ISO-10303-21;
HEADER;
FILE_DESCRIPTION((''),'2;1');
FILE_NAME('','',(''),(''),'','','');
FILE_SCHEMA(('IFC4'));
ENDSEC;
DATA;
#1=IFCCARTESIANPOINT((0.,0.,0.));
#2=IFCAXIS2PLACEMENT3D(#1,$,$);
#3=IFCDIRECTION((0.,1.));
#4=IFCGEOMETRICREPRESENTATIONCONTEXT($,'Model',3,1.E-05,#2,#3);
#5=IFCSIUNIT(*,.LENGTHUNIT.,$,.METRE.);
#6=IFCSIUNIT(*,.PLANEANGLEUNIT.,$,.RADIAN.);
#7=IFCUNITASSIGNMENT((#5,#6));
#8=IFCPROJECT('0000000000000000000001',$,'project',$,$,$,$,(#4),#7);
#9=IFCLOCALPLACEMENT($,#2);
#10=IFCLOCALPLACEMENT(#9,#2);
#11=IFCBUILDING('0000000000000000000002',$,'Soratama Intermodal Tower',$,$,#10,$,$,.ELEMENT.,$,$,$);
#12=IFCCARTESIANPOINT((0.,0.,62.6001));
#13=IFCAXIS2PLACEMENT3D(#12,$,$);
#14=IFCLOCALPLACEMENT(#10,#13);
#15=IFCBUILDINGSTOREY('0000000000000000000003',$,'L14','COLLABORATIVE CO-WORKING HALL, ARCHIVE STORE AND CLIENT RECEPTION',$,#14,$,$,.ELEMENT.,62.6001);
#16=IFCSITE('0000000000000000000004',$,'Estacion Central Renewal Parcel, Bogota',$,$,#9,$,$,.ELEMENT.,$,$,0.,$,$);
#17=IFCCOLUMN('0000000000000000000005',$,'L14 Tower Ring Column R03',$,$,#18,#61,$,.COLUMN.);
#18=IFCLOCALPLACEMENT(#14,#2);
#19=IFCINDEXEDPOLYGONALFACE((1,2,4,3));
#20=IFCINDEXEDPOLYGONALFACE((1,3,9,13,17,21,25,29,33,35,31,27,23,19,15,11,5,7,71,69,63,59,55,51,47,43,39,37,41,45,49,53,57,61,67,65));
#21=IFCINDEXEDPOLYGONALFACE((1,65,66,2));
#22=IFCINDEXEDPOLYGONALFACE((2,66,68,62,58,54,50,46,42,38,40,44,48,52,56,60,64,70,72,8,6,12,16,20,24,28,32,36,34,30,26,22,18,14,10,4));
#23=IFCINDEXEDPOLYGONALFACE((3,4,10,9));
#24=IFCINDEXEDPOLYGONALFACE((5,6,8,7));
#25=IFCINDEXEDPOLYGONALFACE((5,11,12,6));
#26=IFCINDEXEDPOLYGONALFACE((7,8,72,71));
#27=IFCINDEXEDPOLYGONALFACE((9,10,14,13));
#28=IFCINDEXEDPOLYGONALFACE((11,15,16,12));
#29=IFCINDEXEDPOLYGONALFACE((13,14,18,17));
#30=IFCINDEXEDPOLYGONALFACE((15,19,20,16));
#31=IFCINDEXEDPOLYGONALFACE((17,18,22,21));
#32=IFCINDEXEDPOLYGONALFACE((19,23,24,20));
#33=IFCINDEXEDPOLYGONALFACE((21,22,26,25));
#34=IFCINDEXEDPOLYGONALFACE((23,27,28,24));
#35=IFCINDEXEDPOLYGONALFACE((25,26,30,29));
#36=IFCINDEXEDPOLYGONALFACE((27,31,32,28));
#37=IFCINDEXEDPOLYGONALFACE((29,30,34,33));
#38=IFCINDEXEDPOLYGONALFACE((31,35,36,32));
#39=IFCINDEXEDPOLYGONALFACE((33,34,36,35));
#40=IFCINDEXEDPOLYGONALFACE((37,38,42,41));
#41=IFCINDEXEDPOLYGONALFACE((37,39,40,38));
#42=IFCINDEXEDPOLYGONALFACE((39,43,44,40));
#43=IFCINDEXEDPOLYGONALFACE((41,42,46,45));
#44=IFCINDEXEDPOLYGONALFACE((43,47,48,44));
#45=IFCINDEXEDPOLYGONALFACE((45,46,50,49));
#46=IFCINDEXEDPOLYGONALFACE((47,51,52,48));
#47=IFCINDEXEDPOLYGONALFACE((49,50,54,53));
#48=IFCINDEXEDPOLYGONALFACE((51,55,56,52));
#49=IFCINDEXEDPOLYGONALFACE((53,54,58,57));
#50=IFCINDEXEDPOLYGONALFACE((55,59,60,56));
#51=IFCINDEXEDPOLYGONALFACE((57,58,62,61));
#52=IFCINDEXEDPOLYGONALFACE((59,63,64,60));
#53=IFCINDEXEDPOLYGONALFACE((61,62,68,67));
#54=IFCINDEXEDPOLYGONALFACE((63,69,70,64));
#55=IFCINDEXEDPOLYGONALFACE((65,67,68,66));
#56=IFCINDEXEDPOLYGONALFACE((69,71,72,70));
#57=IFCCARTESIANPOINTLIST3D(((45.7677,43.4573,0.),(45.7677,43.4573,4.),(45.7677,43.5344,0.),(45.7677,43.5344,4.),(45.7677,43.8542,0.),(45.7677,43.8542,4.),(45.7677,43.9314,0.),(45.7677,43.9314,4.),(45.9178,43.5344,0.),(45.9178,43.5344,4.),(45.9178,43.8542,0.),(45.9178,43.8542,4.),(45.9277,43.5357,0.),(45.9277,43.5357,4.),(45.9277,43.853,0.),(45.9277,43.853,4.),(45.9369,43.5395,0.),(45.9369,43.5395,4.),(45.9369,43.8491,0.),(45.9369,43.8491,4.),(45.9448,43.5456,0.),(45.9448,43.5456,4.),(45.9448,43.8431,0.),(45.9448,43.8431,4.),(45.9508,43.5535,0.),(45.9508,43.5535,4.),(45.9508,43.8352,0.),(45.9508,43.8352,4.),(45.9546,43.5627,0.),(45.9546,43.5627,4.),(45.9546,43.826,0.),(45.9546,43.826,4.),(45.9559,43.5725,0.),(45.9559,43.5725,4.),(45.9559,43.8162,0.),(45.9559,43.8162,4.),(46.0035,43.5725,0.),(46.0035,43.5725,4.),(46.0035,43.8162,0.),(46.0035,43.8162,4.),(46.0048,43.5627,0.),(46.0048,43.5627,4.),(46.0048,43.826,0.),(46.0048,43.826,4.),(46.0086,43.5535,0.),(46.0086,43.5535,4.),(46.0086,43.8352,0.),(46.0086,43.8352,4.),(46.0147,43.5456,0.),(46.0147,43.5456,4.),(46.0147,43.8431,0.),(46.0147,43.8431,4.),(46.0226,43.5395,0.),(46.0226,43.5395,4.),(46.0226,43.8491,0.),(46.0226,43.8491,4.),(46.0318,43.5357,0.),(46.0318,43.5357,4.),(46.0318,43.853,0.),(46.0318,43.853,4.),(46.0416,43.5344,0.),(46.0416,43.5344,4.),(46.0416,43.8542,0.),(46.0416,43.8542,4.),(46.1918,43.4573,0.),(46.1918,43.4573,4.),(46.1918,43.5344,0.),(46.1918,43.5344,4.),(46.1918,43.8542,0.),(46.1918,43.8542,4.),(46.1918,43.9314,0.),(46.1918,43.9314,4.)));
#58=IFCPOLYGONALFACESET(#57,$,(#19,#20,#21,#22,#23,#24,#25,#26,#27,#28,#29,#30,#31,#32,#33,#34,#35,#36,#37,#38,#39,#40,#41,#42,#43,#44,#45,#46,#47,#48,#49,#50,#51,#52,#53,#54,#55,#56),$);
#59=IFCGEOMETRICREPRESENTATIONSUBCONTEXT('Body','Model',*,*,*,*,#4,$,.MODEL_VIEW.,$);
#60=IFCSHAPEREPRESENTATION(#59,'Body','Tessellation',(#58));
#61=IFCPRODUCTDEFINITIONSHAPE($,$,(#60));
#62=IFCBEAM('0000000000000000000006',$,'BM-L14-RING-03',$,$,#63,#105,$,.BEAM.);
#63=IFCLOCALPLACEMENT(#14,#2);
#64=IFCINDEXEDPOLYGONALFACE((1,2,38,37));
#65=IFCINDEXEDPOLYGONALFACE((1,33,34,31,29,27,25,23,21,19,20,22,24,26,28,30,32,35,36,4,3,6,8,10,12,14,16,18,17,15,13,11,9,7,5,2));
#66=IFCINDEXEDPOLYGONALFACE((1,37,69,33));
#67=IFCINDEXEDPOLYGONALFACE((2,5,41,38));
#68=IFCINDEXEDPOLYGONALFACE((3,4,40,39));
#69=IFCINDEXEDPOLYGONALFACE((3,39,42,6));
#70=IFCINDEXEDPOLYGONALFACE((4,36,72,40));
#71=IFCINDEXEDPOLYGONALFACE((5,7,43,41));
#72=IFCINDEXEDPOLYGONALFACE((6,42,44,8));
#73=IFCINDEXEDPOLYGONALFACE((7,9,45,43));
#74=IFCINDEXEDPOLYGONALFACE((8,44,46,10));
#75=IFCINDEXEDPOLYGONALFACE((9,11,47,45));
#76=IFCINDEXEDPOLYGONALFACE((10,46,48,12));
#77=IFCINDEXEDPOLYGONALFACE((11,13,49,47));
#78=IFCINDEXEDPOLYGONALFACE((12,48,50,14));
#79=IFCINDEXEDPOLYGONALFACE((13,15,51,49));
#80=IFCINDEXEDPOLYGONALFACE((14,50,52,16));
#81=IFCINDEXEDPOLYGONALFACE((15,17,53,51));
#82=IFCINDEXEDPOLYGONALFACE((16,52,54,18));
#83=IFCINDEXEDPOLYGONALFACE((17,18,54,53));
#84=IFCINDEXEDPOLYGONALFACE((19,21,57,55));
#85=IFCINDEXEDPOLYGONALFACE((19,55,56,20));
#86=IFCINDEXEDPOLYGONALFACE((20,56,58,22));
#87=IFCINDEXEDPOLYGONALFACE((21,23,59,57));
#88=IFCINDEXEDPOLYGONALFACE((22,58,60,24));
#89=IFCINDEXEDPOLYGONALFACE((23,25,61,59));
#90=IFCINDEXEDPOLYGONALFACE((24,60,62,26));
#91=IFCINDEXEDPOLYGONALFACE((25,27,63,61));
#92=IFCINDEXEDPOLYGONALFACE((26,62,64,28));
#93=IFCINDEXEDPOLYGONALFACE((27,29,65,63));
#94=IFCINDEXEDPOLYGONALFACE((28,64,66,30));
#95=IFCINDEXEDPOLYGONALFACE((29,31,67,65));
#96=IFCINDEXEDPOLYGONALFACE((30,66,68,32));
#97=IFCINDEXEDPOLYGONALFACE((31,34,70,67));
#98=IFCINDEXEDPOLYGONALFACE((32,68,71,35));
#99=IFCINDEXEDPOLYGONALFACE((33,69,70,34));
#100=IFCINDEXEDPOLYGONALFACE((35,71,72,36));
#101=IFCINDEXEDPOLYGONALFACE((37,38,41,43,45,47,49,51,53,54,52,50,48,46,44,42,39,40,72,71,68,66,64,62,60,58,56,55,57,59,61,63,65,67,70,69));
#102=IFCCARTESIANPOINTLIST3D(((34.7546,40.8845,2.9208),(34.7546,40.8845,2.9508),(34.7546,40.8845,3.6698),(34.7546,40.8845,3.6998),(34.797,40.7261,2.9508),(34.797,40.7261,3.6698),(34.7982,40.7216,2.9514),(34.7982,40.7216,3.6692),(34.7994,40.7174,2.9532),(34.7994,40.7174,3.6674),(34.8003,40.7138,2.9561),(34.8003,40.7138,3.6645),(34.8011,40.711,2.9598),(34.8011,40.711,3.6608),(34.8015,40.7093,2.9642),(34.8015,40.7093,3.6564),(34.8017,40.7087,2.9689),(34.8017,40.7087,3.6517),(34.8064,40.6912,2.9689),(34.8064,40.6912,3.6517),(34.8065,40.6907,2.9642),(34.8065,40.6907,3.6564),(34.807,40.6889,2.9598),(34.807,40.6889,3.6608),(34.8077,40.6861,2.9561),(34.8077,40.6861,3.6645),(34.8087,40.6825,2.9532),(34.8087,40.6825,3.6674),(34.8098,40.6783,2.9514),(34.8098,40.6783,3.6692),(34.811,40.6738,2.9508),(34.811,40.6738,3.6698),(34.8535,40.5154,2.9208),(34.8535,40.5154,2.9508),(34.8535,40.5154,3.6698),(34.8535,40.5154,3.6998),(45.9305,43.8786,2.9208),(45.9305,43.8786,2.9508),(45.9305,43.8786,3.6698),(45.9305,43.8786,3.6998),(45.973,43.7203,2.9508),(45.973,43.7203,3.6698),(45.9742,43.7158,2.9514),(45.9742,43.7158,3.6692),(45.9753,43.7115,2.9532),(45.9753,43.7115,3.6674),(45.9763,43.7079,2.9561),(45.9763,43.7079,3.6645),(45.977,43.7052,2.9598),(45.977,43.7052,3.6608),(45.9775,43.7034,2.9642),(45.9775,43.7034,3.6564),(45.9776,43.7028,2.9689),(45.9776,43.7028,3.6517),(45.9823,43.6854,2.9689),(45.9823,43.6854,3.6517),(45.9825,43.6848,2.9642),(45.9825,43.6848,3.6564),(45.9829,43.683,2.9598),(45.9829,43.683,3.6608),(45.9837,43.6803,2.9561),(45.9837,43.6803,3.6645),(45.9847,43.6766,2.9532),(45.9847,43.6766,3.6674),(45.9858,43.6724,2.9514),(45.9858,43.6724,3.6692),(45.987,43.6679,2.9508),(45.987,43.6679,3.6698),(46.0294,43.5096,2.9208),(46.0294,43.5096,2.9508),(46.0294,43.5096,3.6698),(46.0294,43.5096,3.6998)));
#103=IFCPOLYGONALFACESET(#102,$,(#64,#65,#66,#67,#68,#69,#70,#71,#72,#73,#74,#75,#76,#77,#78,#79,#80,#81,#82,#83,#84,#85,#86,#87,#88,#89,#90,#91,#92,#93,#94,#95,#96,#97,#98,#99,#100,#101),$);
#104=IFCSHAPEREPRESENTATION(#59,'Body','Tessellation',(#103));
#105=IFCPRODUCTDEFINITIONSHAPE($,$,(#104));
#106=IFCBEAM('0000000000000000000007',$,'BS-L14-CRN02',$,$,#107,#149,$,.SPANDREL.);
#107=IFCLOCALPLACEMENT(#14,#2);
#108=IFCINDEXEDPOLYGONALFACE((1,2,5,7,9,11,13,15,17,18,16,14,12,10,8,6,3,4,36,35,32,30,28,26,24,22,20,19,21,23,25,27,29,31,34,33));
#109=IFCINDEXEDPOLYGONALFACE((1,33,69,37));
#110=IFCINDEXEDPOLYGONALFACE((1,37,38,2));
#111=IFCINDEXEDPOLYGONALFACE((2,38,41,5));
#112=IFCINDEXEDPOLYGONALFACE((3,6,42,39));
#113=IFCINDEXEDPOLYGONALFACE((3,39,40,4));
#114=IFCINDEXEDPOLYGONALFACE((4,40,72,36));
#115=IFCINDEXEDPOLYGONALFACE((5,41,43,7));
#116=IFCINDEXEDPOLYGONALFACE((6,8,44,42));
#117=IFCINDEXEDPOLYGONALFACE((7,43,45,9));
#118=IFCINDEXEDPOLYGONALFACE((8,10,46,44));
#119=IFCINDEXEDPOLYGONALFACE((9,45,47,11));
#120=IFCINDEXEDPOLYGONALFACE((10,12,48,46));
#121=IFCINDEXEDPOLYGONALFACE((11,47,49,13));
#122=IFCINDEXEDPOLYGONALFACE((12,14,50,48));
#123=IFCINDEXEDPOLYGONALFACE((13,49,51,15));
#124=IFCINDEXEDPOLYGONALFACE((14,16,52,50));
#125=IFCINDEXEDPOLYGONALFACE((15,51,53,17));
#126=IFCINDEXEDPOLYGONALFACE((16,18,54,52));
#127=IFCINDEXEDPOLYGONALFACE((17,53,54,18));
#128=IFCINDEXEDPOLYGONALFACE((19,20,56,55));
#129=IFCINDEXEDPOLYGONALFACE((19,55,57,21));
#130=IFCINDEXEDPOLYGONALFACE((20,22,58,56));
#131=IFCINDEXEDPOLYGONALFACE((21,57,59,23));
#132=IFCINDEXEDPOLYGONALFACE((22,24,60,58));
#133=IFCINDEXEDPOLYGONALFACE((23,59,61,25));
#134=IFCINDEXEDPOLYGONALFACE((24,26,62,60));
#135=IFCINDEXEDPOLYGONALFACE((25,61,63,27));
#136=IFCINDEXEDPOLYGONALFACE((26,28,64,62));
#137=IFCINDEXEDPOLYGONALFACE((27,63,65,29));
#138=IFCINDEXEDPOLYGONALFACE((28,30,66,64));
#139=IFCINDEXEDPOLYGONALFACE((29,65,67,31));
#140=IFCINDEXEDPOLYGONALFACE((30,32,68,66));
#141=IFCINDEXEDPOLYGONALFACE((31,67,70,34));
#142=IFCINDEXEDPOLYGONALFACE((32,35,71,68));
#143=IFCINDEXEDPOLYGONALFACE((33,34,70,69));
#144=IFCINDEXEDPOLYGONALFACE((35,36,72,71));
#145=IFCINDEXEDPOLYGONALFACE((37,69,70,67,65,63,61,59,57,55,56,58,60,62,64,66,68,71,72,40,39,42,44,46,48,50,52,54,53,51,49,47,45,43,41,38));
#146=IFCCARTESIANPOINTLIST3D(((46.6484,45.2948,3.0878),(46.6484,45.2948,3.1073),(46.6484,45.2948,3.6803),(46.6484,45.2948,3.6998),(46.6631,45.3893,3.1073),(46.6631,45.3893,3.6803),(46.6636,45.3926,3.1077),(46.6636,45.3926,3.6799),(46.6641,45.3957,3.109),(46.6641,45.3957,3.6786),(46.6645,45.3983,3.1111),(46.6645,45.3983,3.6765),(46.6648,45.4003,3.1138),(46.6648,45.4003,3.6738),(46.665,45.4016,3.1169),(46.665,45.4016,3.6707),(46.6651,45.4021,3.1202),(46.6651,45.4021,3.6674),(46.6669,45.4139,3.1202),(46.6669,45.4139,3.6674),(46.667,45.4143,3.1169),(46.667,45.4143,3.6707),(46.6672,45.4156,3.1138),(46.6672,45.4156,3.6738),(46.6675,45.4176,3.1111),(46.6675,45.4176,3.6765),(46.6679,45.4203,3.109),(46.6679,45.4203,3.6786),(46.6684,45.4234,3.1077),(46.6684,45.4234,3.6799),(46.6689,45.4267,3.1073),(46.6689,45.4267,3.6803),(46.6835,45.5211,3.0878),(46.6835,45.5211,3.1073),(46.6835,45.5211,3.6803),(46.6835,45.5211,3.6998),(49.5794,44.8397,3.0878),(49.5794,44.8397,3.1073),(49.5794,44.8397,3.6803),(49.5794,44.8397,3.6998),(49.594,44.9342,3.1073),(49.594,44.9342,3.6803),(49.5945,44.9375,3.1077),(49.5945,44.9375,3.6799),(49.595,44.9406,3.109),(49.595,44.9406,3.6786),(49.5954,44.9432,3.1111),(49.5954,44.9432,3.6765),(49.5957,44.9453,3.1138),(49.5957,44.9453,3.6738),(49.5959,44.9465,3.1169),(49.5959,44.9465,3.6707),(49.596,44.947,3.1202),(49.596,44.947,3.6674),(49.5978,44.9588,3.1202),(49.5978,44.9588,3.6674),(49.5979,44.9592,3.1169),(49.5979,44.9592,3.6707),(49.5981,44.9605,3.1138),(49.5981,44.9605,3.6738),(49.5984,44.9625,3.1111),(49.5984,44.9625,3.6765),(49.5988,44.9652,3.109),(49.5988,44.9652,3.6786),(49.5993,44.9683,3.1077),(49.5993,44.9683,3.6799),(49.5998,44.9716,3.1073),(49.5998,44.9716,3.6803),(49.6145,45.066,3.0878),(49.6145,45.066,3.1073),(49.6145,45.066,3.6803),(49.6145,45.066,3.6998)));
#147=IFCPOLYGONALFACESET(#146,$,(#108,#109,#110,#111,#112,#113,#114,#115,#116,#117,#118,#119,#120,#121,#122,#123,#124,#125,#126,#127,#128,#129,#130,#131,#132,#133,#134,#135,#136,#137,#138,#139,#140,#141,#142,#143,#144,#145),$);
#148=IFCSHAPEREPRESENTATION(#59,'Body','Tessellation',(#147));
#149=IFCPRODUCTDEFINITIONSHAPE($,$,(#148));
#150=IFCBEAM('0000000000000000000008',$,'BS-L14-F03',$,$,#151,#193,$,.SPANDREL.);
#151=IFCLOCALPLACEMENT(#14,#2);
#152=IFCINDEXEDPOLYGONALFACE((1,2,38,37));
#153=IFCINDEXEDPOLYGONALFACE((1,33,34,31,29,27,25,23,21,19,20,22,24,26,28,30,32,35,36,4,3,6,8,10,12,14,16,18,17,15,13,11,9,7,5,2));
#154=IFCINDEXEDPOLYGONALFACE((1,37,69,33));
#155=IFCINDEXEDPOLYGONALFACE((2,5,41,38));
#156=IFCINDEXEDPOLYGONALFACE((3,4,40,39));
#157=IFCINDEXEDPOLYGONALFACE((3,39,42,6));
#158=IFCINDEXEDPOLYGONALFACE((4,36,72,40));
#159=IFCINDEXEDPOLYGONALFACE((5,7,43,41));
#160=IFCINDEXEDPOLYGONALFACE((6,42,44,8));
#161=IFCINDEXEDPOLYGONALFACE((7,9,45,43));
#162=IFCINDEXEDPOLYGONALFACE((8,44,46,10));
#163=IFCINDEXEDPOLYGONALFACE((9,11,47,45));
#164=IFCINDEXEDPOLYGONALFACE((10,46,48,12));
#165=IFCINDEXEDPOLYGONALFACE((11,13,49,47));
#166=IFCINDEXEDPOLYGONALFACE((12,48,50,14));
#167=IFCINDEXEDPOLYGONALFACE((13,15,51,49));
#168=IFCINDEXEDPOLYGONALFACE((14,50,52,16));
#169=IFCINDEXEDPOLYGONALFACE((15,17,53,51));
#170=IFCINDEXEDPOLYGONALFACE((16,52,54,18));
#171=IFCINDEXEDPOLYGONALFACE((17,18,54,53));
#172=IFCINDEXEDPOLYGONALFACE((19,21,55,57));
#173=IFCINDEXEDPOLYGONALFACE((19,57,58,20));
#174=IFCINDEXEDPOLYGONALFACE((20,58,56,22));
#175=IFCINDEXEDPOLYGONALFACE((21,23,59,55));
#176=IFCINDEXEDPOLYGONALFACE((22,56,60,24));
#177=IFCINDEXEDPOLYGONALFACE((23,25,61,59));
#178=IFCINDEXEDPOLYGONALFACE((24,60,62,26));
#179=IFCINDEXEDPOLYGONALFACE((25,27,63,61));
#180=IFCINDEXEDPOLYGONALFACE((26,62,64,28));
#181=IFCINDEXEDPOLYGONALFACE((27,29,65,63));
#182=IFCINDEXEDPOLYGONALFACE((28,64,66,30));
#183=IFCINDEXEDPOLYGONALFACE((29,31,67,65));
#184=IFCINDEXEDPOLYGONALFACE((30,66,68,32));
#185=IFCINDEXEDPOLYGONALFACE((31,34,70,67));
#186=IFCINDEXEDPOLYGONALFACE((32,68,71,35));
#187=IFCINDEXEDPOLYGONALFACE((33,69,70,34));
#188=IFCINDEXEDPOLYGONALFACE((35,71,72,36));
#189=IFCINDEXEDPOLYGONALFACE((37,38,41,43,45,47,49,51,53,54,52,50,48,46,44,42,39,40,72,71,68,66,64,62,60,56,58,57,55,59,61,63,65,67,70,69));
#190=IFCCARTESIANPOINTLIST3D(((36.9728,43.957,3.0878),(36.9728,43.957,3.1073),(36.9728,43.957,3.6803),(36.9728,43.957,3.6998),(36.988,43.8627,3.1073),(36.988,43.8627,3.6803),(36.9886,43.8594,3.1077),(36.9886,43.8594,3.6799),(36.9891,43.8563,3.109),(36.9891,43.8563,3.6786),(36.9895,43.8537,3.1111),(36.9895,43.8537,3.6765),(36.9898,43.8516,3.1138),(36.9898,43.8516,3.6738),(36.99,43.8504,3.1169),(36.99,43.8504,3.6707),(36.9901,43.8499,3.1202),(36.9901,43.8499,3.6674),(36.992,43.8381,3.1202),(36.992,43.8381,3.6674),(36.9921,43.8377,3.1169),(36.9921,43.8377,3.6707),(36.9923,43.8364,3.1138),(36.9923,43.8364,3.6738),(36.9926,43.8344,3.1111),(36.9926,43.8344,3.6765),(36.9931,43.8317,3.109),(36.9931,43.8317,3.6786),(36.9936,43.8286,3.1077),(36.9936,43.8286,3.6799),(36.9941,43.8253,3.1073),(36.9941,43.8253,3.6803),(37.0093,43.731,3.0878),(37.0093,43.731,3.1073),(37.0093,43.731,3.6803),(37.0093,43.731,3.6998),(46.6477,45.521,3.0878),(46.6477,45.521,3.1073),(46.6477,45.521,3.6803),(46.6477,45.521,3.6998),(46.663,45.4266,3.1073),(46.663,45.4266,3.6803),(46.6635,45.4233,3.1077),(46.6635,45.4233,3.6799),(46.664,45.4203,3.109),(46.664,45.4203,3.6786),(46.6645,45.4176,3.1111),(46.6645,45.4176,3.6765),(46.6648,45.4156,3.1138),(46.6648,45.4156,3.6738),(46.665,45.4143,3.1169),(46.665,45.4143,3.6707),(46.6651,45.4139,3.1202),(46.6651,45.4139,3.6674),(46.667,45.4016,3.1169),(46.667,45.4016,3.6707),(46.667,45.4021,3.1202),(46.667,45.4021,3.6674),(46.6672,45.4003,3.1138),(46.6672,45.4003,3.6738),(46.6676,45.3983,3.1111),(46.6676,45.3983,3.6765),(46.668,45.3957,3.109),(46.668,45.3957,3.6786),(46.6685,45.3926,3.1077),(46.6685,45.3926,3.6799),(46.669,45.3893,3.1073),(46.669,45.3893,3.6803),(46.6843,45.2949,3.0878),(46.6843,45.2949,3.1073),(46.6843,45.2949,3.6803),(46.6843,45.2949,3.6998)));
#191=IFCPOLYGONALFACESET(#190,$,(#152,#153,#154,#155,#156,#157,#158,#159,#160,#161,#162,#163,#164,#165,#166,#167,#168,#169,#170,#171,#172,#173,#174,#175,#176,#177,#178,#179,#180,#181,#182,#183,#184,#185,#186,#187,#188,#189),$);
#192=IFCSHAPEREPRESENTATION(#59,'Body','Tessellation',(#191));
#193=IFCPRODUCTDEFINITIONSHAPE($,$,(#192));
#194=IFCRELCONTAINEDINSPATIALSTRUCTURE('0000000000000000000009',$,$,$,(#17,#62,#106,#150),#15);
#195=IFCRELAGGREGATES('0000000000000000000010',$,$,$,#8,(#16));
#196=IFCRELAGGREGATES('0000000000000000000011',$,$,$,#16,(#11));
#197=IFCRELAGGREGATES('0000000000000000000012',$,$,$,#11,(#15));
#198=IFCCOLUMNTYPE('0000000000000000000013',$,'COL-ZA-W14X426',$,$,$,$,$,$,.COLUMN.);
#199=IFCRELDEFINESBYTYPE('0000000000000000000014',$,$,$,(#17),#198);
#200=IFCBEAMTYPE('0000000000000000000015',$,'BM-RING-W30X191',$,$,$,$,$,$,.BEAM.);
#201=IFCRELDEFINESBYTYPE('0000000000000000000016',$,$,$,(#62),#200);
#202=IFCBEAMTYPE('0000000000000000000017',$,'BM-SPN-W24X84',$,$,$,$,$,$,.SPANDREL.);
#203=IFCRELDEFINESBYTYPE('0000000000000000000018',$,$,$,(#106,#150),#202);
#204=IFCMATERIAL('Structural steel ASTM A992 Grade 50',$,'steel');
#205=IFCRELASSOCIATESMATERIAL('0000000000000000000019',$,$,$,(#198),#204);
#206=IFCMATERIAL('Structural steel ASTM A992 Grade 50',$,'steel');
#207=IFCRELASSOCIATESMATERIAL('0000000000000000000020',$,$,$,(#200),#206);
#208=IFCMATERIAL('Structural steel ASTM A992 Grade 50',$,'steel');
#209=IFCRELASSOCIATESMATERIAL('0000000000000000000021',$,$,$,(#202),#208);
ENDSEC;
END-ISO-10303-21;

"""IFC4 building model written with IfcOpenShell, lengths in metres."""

from ifc_helpers import new_model, si_unit, direction, frame, origin, origin_2d, place, context, subcontext, project, spatial, i_section, extrude, material, material_profile, profile_set, type_object, element, save


model = new_model("IFC4")

# Units and contexts
model_context = context("Model", 3, precision=1e-05, world=origin(), true_north=direction((0.0, 1.0)))
body_context = subcontext(model_context, "Body", "Model", "MODEL_VIEW")
ifc_project = project(units=[si_unit("LENGTHUNIT", "METRE"), si_unit("PLANEANGLEUNIT", "RADIAN")], contexts=[model_context])

# Site, building, storey
site_placement = place(None, origin())
site = spatial("IfcSite", under=ifc_project, at=site_placement, Name="Estacion Central Renewal Parcel, Bogota", CompositionType="ELEMENT", RefElevation=0.0)
building_placement = place(site_placement, origin())
building = spatial("IfcBuilding", under=site, at=building_placement, Name="Soratama Intermodal Tower", CompositionType="ELEMENT")
storey_placement = place(building_placement, frame((0.0, 0.0, 62.6001)))
storey = spatial("IfcBuildingStorey", under=building, at=storey_placement, Name="L14", Description="COLLABORATIVE CO-WORKING HALL, ARCHIVE STORE AND CLIENT RECEPTION", CompositionType="ELEMENT", Elevation=62.6001)

# Column
ifc_material_1 = material(Name="Structural steel ASTM A992 Grade 50", Category="steel")
ifc_material_profile_1 = material_profile(ifc_material_1, i_section(OverallWidth=0.4241, OverallDepth=0.4741, WebThickness=0.0476, FlangeThickness=0.0771, FilletRadius=0.0381, at=origin_2d()), Name="W14X426")
ifc_profile_set_1 = profile_set([ifc_material_profile_1], Name="Structural steel ASTM A992 Grade 50")
column_type = type_object("IfcColumnType", Name="COL-ZA-W14X426", PredefinedType="COLUMN", material=ifc_profile_set_1)
column_placement = place(storey_placement, frame((45.9797, 43.6943, 0.0), z_axis=(0.0, 0.0, 1.0), x_axis=(1.0, 0.0, 0.0)))
element("IfcColumn", 1, at=column_placement, inside=storey, type_object=column_type, Name="L14 Tower Ring Column R03", PredefinedType="COLUMN", context=body_context, shape_type="SweptSolid", body=[
    extrude(i_section(OverallWidth=0.4241, OverallDepth=0.4741, WebThickness=0.0476, FlangeThickness=0.0771, FilletRadius=0.0381, at=origin_2d()), origin(), (0.0, 0.0, 1.0), 4.0),
])

# Beams
ifc_material_2 = material(Name="Structural steel ASTM A992 Grade 50", Category="steel")
ifc_material_profile_2 = material_profile(ifc_material_2, i_section(OverallWidth=0.3821, OverallDepth=0.7791, WebThickness=0.0181, FlangeThickness=0.03, FilletRadius=0.0181, at=origin_2d()), Name="W30X191")
ifc_profile_set_2 = profile_set([ifc_material_profile_2], Name="Structural steel ASTM A992 Grade 50")
beam_type_1 = type_object("IfcBeamType", Name="BM-RING-W30X191", PredefinedType="BEAM", material=ifc_profile_set_2)
beam_1_placement = place(storey_placement, frame((45.98, 43.6941, 3.3103), z_axis=(-0.965936, -0.258781, 0.0), x_axis=(0.258781, -0.965936, 0.0)))
element("IfcBeam", 2, at=beam_1_placement, inside=storey, type_object=beam_type_1, Name="BM-L14-RING-03", PredefinedType="BEAM", context=body_context, shape_type="SweptSolid", body=[
    extrude(i_section(OverallWidth=0.3821, OverallDepth=0.7791, WebThickness=0.0181, FlangeThickness=0.03, FilletRadius=0.0181, at=origin_2d()), origin(), (0.0, 0.0, 1.0), 11.5701),
])
ifc_material_3 = material(Name="Structural steel ASTM A992 Grade 50", Category="steel")
ifc_material_profile_3 = material_profile(ifc_material_3, i_section(OverallWidth=0.229, OverallDepth=0.6121, WebThickness=0.012, FlangeThickness=0.0195, FilletRadius=0.0129, at=origin_2d()), Name="W24X84")
ifc_profile_set_3 = profile_set([ifc_material_profile_3], Name="Structural steel ASTM A992 Grade 50")
beam_type_2 = type_object("IfcBeamType", Name="BM-SPN-W24X84", PredefinedType="SPANDREL", material=ifc_profile_set_3)
beam_2_placement = place(storey_placement, frame((49.5969, 44.9529, 3.3938), z_axis=(-0.988159, 0.15343, 0.0), x_axis=(-0.15343, -0.988159, 0.0)))
element("IfcBeam", 3, at=beam_2_placement, inside=storey, type_object=beam_type_2, Name="BS-L14-CRN02", PredefinedType="SPANDREL", context=body_context, shape_type="SweptSolid", body=[
    extrude(i_section(OverallWidth=0.229, OverallDepth=0.6121, WebThickness=0.012, FlangeThickness=0.0195, FilletRadius=0.0129, at=origin_2d()), origin(), (0.0, 0.0, 1.0), 2.9661),
])
beam_3_placement = place(storey_placement, frame((46.666, 45.408, 3.3938), z_axis=(-0.987185, -0.159578, 0.0), x_axis=(0.159578, -0.987185, 0.0)))
element("IfcBeam", 4, at=beam_3_placement, inside=storey, type_object=beam_type_2, Name="BS-L14-F03", PredefinedType="SPANDREL", context=body_context, shape_type="SweptSolid", body=[
    extrude(i_section(OverallWidth=0.229, OverallDepth=0.6121, WebThickness=0.012, FlangeThickness=0.0195, FilletRadius=0.0129, at=origin_2d()), origin(), (0.0, 0.0, 1.0), 9.8005),
])

save(model, "model.ifc")
